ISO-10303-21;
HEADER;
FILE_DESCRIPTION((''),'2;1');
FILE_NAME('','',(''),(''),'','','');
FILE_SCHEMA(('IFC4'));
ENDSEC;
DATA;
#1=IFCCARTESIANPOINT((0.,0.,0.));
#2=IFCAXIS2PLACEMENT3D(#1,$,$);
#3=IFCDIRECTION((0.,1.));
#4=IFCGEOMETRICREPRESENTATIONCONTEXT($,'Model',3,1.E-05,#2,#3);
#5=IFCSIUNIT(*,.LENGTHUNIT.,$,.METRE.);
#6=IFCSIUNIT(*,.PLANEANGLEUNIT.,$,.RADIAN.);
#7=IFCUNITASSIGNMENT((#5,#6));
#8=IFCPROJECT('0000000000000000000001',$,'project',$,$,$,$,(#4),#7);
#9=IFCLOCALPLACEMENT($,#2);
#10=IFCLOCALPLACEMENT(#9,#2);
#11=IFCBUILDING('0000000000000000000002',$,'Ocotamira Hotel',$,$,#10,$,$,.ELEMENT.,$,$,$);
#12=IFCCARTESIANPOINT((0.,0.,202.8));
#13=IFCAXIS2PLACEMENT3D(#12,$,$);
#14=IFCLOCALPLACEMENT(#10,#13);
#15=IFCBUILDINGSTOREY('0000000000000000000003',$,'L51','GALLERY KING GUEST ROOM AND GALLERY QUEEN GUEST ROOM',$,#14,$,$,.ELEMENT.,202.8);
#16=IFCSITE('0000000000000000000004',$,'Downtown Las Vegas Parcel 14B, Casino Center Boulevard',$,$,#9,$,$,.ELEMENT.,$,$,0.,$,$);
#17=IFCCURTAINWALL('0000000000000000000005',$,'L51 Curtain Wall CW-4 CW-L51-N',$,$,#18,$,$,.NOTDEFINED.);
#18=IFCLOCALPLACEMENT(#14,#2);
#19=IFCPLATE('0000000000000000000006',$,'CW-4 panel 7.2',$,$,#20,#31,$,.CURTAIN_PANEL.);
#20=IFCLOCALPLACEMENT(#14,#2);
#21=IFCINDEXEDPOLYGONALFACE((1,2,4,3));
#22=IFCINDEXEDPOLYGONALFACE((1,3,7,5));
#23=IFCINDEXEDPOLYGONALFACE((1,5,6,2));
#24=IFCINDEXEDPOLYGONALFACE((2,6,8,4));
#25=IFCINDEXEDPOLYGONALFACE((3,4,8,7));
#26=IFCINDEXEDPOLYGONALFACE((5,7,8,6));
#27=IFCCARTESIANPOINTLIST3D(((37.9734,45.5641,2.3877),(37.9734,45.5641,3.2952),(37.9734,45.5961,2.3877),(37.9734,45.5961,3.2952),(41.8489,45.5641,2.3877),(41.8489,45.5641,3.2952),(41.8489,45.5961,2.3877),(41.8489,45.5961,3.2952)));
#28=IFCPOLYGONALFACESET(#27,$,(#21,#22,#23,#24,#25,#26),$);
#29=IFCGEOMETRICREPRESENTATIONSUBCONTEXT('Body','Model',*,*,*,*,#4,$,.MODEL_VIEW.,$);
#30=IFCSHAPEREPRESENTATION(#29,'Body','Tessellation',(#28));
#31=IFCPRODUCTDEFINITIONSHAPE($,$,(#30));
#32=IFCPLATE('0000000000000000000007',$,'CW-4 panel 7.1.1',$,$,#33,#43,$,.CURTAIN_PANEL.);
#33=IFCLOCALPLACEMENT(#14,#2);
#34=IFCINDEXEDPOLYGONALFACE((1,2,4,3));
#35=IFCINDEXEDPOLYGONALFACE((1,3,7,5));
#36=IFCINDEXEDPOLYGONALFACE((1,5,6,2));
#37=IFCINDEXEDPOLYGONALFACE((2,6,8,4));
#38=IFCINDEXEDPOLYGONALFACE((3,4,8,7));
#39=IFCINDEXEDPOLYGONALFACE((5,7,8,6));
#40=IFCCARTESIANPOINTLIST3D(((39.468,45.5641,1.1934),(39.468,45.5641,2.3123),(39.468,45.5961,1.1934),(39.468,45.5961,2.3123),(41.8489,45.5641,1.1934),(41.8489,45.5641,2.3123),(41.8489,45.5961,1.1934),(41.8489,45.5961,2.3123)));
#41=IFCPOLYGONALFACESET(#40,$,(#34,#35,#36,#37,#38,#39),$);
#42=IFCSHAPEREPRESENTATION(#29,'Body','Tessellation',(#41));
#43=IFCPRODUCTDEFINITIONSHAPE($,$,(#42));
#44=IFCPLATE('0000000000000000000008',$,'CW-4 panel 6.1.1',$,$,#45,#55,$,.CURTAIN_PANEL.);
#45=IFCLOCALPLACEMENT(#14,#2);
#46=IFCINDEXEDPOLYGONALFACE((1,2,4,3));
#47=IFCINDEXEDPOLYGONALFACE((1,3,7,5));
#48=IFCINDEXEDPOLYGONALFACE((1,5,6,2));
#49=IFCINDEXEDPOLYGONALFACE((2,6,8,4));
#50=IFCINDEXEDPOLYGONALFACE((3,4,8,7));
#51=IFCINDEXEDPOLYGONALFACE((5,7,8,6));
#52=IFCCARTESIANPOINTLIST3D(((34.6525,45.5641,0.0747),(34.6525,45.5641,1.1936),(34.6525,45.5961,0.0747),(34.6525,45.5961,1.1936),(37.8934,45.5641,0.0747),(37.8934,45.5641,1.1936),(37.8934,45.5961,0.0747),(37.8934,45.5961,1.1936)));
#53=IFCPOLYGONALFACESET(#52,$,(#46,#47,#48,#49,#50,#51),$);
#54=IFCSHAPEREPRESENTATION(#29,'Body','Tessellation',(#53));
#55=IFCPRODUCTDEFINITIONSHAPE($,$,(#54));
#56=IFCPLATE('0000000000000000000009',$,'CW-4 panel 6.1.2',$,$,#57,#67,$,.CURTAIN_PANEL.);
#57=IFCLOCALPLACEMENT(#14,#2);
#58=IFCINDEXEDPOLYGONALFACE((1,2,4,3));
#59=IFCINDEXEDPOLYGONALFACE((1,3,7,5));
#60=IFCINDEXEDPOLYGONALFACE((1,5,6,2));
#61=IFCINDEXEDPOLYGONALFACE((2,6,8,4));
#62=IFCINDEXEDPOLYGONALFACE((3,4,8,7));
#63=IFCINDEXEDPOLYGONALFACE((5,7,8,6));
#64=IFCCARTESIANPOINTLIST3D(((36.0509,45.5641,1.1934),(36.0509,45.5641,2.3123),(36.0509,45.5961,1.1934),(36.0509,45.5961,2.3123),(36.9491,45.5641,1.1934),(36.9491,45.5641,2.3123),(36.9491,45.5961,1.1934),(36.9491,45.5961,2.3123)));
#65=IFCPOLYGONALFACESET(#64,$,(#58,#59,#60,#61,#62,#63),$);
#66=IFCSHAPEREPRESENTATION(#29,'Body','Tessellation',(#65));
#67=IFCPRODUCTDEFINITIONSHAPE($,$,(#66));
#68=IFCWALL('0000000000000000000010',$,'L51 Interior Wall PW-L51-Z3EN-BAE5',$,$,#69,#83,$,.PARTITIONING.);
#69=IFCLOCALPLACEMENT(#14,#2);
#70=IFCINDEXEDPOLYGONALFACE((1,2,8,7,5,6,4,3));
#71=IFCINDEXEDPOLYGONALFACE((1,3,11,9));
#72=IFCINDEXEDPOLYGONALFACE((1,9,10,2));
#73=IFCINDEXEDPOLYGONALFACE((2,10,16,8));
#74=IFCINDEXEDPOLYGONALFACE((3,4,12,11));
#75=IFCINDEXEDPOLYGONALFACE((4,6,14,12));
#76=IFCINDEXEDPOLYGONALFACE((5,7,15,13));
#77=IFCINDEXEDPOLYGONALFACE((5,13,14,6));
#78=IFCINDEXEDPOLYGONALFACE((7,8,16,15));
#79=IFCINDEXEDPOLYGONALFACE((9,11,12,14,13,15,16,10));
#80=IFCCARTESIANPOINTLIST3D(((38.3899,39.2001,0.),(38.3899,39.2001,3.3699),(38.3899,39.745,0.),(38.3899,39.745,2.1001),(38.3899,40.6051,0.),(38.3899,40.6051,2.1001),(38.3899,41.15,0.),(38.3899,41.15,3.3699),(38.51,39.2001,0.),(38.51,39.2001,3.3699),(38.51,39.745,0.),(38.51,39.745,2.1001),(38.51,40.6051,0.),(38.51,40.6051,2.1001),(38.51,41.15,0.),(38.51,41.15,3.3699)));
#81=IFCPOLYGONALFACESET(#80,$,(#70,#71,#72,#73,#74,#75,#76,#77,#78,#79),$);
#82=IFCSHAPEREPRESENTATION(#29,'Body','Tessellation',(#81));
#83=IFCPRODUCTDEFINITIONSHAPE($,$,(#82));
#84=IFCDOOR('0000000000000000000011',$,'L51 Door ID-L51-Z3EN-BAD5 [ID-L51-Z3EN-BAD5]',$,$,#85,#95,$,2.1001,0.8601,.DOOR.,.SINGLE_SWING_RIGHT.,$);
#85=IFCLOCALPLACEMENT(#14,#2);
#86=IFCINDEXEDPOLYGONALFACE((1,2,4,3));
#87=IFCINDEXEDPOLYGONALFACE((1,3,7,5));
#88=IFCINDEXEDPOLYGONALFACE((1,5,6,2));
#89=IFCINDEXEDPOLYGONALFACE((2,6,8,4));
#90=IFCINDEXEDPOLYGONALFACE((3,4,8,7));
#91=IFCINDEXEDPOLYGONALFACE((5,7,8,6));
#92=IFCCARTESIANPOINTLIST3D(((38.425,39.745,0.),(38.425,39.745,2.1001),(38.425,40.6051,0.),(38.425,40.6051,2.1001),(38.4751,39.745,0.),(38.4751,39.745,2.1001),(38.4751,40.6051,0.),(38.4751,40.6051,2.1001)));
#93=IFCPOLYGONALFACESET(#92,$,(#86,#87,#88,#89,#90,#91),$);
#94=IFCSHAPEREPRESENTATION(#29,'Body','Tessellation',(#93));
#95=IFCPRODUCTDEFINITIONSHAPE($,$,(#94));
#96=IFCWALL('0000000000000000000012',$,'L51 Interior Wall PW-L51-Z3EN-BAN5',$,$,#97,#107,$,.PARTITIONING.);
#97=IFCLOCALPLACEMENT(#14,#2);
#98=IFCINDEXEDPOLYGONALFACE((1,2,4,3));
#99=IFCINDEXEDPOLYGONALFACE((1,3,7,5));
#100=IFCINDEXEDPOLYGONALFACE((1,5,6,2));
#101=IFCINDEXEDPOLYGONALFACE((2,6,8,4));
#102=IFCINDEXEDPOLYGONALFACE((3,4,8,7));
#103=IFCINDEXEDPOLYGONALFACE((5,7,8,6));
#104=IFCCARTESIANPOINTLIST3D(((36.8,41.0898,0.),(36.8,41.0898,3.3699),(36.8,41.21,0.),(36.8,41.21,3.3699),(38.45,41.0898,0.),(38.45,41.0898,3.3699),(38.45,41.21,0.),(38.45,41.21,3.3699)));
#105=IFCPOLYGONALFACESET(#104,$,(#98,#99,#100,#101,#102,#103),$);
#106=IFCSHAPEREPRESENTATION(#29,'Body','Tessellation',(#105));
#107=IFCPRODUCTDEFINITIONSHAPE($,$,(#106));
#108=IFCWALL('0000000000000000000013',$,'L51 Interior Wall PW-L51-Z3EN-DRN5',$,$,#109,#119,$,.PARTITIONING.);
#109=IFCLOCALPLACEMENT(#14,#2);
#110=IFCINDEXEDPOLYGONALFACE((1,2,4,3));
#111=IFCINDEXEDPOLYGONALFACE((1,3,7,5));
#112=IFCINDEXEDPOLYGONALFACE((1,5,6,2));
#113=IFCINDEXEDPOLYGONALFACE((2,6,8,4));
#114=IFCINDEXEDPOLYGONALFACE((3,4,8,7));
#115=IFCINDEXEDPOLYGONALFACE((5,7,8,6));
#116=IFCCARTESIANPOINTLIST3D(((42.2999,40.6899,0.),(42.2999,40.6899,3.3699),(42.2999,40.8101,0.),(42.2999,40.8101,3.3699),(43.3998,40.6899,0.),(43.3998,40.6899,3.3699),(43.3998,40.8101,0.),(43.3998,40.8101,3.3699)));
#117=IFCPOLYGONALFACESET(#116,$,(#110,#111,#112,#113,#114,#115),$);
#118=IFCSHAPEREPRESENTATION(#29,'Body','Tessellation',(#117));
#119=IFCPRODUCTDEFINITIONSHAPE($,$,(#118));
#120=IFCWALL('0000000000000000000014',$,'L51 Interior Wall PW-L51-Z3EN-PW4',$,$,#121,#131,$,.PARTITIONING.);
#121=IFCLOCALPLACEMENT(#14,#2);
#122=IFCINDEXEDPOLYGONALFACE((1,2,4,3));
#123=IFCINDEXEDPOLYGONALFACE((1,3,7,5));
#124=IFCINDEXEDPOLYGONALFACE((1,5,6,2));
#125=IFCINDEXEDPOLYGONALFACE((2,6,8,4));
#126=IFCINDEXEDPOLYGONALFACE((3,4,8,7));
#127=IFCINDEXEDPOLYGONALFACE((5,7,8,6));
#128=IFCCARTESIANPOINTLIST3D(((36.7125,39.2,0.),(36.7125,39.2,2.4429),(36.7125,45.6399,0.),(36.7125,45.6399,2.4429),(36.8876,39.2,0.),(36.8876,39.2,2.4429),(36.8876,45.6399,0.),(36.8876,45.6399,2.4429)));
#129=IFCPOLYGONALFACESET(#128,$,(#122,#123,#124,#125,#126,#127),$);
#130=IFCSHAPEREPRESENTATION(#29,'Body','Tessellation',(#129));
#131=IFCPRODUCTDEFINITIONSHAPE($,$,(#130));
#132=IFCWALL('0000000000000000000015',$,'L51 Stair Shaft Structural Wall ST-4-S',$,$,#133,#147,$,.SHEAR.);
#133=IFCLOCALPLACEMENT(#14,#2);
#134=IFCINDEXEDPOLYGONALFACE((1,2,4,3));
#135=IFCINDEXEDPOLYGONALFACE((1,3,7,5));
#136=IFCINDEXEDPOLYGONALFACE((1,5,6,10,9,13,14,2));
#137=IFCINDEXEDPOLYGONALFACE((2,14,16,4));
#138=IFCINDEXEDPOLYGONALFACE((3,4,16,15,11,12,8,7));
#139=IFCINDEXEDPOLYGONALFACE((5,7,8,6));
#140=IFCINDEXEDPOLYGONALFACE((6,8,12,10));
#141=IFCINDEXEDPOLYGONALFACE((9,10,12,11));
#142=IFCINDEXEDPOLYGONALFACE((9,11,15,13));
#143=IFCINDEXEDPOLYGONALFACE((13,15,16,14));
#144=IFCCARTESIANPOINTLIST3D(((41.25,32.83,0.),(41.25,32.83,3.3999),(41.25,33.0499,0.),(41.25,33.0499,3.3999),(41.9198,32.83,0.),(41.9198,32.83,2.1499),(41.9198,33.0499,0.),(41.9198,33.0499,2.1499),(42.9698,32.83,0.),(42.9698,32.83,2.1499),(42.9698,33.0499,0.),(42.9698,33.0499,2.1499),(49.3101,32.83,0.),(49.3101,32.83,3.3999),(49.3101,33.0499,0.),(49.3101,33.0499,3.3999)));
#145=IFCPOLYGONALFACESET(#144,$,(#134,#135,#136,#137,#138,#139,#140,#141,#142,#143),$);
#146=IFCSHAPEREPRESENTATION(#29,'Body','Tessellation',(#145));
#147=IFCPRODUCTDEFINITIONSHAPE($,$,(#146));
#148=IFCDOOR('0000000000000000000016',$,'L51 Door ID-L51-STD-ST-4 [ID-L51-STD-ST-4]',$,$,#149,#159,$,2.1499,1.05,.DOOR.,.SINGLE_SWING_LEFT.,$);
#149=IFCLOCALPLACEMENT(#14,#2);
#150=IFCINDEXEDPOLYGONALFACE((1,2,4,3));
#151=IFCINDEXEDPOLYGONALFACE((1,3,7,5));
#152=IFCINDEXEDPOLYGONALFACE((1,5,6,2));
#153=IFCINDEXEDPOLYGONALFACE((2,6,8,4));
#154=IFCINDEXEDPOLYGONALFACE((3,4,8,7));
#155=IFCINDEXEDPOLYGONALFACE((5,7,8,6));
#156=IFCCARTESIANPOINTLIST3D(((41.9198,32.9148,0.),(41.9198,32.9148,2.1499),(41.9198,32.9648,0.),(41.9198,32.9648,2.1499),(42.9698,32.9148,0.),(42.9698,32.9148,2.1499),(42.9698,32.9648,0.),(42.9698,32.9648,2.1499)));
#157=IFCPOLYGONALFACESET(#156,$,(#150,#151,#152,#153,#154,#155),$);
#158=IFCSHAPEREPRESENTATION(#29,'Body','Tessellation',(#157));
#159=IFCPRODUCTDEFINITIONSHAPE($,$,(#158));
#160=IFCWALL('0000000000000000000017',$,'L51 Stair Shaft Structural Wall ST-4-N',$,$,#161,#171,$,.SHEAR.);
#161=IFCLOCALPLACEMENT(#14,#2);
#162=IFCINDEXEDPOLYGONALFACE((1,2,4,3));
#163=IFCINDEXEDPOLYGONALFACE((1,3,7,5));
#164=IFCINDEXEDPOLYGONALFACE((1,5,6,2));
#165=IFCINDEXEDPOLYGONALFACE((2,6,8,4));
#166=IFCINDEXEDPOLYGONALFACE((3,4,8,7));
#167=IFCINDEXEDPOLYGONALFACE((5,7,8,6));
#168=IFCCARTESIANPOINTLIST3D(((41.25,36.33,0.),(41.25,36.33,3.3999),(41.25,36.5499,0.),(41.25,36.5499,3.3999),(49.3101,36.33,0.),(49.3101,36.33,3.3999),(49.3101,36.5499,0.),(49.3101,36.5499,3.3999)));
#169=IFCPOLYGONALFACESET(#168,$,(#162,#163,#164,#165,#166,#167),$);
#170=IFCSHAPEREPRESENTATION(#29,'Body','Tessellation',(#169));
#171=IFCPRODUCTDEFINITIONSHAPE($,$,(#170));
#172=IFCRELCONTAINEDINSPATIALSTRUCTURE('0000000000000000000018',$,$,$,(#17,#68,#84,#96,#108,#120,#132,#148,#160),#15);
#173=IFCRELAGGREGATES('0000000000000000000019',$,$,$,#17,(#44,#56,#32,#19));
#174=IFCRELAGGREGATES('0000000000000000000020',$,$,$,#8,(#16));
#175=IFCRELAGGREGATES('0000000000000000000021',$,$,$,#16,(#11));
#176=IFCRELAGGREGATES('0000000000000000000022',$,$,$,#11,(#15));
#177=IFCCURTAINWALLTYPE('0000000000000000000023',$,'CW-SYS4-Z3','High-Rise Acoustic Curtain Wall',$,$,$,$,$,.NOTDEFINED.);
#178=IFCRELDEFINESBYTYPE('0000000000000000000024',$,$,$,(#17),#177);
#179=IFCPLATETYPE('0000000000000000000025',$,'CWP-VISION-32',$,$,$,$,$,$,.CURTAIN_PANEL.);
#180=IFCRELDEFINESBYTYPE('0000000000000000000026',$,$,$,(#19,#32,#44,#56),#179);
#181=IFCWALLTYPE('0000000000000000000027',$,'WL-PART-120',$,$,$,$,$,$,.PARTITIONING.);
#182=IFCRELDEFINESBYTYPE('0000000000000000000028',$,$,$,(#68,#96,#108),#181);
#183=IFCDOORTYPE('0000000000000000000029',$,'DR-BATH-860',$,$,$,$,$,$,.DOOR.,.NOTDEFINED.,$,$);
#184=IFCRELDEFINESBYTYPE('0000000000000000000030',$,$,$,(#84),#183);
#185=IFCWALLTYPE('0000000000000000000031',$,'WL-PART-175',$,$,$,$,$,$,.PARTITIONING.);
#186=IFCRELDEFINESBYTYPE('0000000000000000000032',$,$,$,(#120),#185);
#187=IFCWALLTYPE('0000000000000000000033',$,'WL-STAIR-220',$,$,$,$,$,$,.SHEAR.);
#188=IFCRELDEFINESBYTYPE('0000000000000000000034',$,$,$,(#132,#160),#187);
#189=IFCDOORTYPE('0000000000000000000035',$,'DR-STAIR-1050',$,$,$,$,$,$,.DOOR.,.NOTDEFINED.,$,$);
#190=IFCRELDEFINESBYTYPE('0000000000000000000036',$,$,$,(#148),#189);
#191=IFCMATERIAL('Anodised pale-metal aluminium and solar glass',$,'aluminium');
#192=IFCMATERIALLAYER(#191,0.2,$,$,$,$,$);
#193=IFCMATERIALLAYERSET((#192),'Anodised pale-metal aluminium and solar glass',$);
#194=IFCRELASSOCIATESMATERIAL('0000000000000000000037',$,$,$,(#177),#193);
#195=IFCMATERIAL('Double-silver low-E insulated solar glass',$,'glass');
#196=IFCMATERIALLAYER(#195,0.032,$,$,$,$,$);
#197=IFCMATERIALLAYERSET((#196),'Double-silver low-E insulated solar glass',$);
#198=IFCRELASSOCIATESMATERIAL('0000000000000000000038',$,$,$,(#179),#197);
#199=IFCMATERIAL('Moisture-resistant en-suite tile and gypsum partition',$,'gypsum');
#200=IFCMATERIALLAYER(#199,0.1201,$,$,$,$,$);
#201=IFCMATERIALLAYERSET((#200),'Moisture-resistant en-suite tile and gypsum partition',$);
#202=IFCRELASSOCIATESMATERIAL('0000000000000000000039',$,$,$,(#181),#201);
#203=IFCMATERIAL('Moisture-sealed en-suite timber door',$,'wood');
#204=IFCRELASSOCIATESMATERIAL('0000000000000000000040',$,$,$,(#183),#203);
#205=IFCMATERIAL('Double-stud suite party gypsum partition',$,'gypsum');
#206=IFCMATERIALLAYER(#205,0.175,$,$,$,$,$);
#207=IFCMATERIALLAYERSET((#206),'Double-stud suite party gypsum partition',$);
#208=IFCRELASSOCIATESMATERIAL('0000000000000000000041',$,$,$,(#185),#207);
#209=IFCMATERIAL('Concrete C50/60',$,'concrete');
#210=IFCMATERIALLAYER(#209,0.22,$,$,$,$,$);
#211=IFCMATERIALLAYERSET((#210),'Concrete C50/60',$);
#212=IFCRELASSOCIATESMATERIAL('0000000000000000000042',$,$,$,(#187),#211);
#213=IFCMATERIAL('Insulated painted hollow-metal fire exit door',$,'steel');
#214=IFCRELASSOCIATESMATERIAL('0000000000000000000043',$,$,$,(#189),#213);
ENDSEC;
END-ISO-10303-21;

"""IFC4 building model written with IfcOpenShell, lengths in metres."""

from ifc_helpers import new_model, si_unit, direction, frame, frame_2d, origin, origin_2d, place, context, subcontext, project, spatial, rectangle, extrude, source, transform, mapped, material, layer, layer_set, type_object, element, fill, aggregate, save


model = new_model("IFC4")

# Units and contexts
model_context = context("Model", 3, precision=1e-05, world=origin(), true_north=direction((0.0, 1.0)))
body_context = subcontext(model_context, "Body", "Model", "MODEL_VIEW")
ifc_project = project(units=[si_unit("LENGTHUNIT", "METRE"), si_unit("PLANEANGLEUNIT", "RADIAN")], contexts=[model_context])

# Site, building, storey
site_placement = place(None, origin())
site = spatial("IfcSite", under=ifc_project, at=site_placement, Name="Downtown Las Vegas Parcel 14B, Casino Center Boulevard", CompositionType="ELEMENT", RefElevation=0.0)
building_placement = place(site_placement, origin())
building = spatial("IfcBuilding", under=site, at=building_placement, Name="Ocotamira Hotel", CompositionType="ELEMENT")
storey_placement = place(building_placement, frame((0.0, 0.0, 202.8)))
storey = spatial("IfcBuildingStorey", under=building, at=storey_placement, Name="L51", Description="GALLERY KING GUEST ROOM AND GALLERY QUEEN GUEST ROOM", CompositionType="ELEMENT", Elevation=202.8)

# Shared definitions
ifc_material_1 = material(Name="Concrete C50/60", Category="concrete")

# Curtain wall
ifc_material_2 = material(Name="Anodised pale-metal aluminium and solar glass", Category="aluminium")
ifc_layer_1 = layer(ifc_material_2, 0.2)
ifc_layer_set_1 = layer_set([ifc_layer_1], Name="Anodised pale-metal aluminium and solar glass")
curtain_wall_type = type_object("IfcCurtainWallType", Name="CW-SYS4-Z3", Description="High-Rise Acoustic Curtain Wall", PredefinedType="NOTDEFINED", material=ifc_layer_set_1)
curtain_wall_placement = place(storey_placement, origin())
curtain_wall = element("IfcCurtainWall", 1, at=curtain_wall_placement, inside=storey, type_object=curtain_wall_type, Name="L51 Curtain Wall CW-4 CW-L51-N", PredefinedType="NOTDEFINED")

# Plates
ifc_material_3 = material(Name="Double-silver low-E insulated solar glass", Category="glass")
ifc_layer_2 = layer(ifc_material_3, 0.032)
ifc_layer_set_2 = layer_set([ifc_layer_2], Name="Double-silver low-E insulated solar glass")
plate_type_1 = type_object("IfcPlateType", Name="CWP-VISION-32", PredefinedType="CURTAIN_PANEL", material=ifc_layer_set_2)
shared_shape_1 = source(origin(), body_context, "Body", "SweptSolid", [
    extrude(rectangle(XDim=3.8755, YDim=0.032, at=origin_2d()), origin(), (0.0, 0.0, 1.0), 0.9075),
])
plate_1_placement = place(storey_placement, frame((39.9111, 45.5801, 2.3877), z_axis=(0.0, 0.0, 1.0), x_axis=(1.0, 0.0, 0.0)))
plate_1 = element("IfcPlate", 2, at=plate_1_placement, type_object=plate_type_1, Name="CW-4 panel 7.2", PredefinedType="CURTAIN_PANEL", context=body_context, shape_type="MappedRepresentation", body=[
    mapped(shared_shape_1, transform((0.0, 0.0, 0.0), scale=1.0)),
])
shared_shape_2 = source(origin(), body_context, "Body", "SweptSolid", [
    extrude(rectangle(XDim=2.3809, YDim=0.032, at=origin_2d()), origin(), (0.0, 0.0, 1.0), 1.1189),
])
plate_2_placement = place(storey_placement, frame((40.6584, 45.5801, 1.1934), z_axis=(0.0, 0.0, 1.0), x_axis=(1.0, 0.0, 0.0)))
plate_2 = element("IfcPlate", 3, at=plate_2_placement, type_object=plate_type_1, Name="CW-4 panel 7.1.1", PredefinedType="CURTAIN_PANEL", context=body_context, shape_type="MappedRepresentation", body=[
    mapped(shared_shape_2, transform((0.0, 0.0, 0.0), scale=1.0)),
])
shared_shape_3 = source(origin(), body_context, "Body", "SweptSolid", [
    extrude(rectangle(XDim=3.241, YDim=0.032, at=origin_2d()), origin(), (0.0, 0.0, 1.0), 1.1189),
])
plate_3_placement = place(storey_placement, frame((36.2729, 45.5801, 0.0747), z_axis=(0.0, 0.0, 1.0), x_axis=(1.0, 0.0, 0.0)))
plate_3 = element("IfcPlate", 4, at=plate_3_placement, type_object=plate_type_1, Name="CW-4 panel 6.1.1", PredefinedType="CURTAIN_PANEL", context=body_context, shape_type="MappedRepresentation", body=[
    mapped(shared_shape_3, transform((0.0, 0.0, 0.0), scale=1.0)),
])
shared_shape_4 = source(origin(), body_context, "Body", "SweptSolid", [
    extrude(rectangle(XDim=0.8982, YDim=0.032, at=origin_2d()), origin(), (0.0, 0.0, 1.0), 1.1189),
])
plate_4_placement = place(storey_placement, frame((36.5, 45.5801, 1.1934), z_axis=(0.0, 0.0, 1.0), x_axis=(1.0, 0.0, 0.0)))
plate_4 = element("IfcPlate", 5, at=plate_4_placement, type_object=plate_type_1, Name="CW-4 panel 6.1.2", PredefinedType="CURTAIN_PANEL", context=body_context, shape_type="MappedRepresentation", body=[
    mapped(shared_shape_4, transform((0.0, 0.0, 0.0), scale=1.0)),
])
aggregate(curtain_wall, [plate_3, plate_4, plate_2, plate_1])

# Wall, opening, door
ifc_material_4 = material(Name="Moisture-resistant en-suite tile and gypsum partition", Category="gypsum")
ifc_layer_3 = layer(ifc_material_4, 0.1201)
ifc_layer_set_3 = layer_set([ifc_layer_3], Name="Moisture-resistant en-suite tile and gypsum partition")
wall_type_1 = type_object("IfcWallType", Name="WL-PART-120", PredefinedType="PARTITIONING", material=ifc_layer_set_3)
wall_1_placement = place(storey_placement, frame((38.45, 39.2, 0.0), z_axis=(0.0, 0.0, 1.0), x_axis=(0.0, 1.0, 0.0)))
wall_1 = element("IfcWall", 6, at=wall_1_placement, inside=storey, type_object=wall_type_1, Name="L51 Interior Wall PW-L51-Z3EN-BAE5", PredefinedType="PARTITIONING", context=body_context, shape_type="SweptSolid", body=[
    extrude(rectangle(XDim=1.95, YDim=0.1201, at=frame_2d((0.9751, 0.0))), origin(), (0.0, 0.0, 1.0), 3.3699),
])
opening_1_placement = place(wall_1_placement, frame((0.5449, 0.0, 0.0)))
opening_1 = element("IfcOpeningElement", 7, at=opening_1_placement, cuts=wall_1, PredefinedType="OPENING", context=body_context, shape_type="SweptSolid", body=[
    extrude(rectangle(XDim=0.8601, YDim=2.1001, at=frame_2d((0.4302, 1.05))), frame((0.0, 0.0701, 0.0), z_axis=(0.0, -1.0, 0.0), x_axis=(1.0, 0.0, 0.0)), (0.0, 0.0, 1.0), 0.1401),
])
ifc_material_5 = material(Name="Moisture-sealed en-suite timber door", Category="wood")
door_type_1 = type_object("IfcDoorType", Name="DR-BATH-860", OperationType="NOTDEFINED", PredefinedType="DOOR", material=ifc_material_5)
shared_shape_5 = source(origin(), body_context, "Body", "SweptSolid", [
    extrude(rectangle(XDim=0.8601, YDim=2.1001, at=frame_2d((0.4302, 1.05))), frame((0.0, 0.0249, 0.0), z_axis=(0.0, -1.0, 0.0), x_axis=(1.0, 0.0, 0.0)), (0.0, 0.0, 1.0), 0.05),
])
door_1_placement = place(opening_1_placement, origin())
door_1 = element("IfcDoor", 8, at=door_1_placement, inside=storey, type_object=door_type_1, Name="L51 Door ID-L51-Z3EN-BAD5 [ID-L51-Z3EN-BAD5]", OperationType="SINGLE_SWING_RIGHT", OverallHeight=2.1001, OverallWidth=0.8601, PredefinedType="DOOR", context=body_context, shape_type="MappedRepresentation", body=[
    mapped(shared_shape_5, transform((0.0, 0.0, 0.0), scale=1.0)),
])
fill(opening_1, door_1)

# Walls
wall_2_placement = place(storey_placement, frame((36.8, 41.1499, 0.0), z_axis=(0.0, 0.0, 1.0), x_axis=(1.0, 0.0, 0.0)))
element("IfcWall", 9, at=wall_2_placement, inside=storey, type_object=wall_type_1, Name="L51 Interior Wall PW-L51-Z3EN-BAN5", PredefinedType="PARTITIONING", context=body_context, shape_type="SweptSolid", body=[
    extrude(rectangle(XDim=1.6499, YDim=0.1201, at=frame_2d((0.825, 0.0))), origin(), (0.0, 0.0, 1.0), 3.3699),
])
wall_3_placement = place(storey_placement, frame((42.3, 40.75, 0.0), z_axis=(0.0, 0.0, 1.0), x_axis=(1.0, 0.0, 0.0)))
element("IfcWall", 10, at=wall_3_placement, inside=storey, type_object=wall_type_1, Name="L51 Interior Wall PW-L51-Z3EN-DRN5", PredefinedType="PARTITIONING", context=body_context, shape_type="SweptSolid", body=[
    extrude(rectangle(XDim=1.0999, YDim=0.1201, at=frame_2d((0.5498, 0.0))), origin(), (0.0, 0.0, 1.0), 3.3699),
])
ifc_material_6 = material(Name="Double-stud suite party gypsum partition", Category="gypsum")
ifc_layer_4 = layer(ifc_material_6, 0.175)
ifc_layer_set_4 = layer_set([ifc_layer_4], Name="Double-stud suite party gypsum partition")
wall_type_2 = type_object("IfcWallType", Name="WL-PART-175", PredefinedType="PARTITIONING", material=ifc_layer_set_4)
wall_4_placement = place(storey_placement, frame((36.8, 39.2, 0.0), z_axis=(0.0, 0.0, 1.0), x_axis=(0.0, 1.0, 0.0)))
element("IfcWall", 11, at=wall_4_placement, inside=storey, type_object=wall_type_2, Name="L51 Interior Wall PW-L51-Z3EN-PW4", PredefinedType="PARTITIONING", context=body_context, shape_type="SweptSolid", body=[
    extrude(rectangle(XDim=6.4399, YDim=0.175, at=frame_2d((3.22, 0.0))), origin(), (0.0, 0.0, 1.0), 2.4429),
])

# Wall, opening, door
ifc_layer_5 = layer(ifc_material_1, 0.22)
ifc_layer_set_5 = layer_set([ifc_layer_5], Name="Concrete C50/60")
wall_type_3 = type_object("IfcWallType", Name="WL-STAIR-220", PredefinedType="SHEAR", material=ifc_layer_set_5)
wall_5_placement = place(storey_placement, frame((41.25, 32.9399, 0.0), z_axis=(0.0, 0.0, 1.0), x_axis=(1.0, 0.0, 0.0)))
wall_5 = element("IfcWall", 12, at=wall_5_placement, inside=storey, type_object=wall_type_3, Name="L51 Stair Shaft Structural Wall ST-4-S", PredefinedType="SHEAR", context=body_context, shape_type="SweptSolid", body=[
    extrude(rectangle(XDim=8.0601, YDim=0.22, at=frame_2d((4.03, 0.0))), origin(), (0.0, 0.0, 1.0), 3.3999),
])
opening_2_placement = place(wall_5_placement, frame((0.6699, 0.0, 0.0)))
opening_2 = element("IfcOpeningElement", 13, at=opening_2_placement, cuts=wall_5, PredefinedType="OPENING", context=body_context, shape_type="SweptSolid", body=[
    extrude(rectangle(XDim=1.05, YDim=2.1499, at=frame_2d((0.5249, 1.075))), frame((0.0, 0.1201, 0.0), z_axis=(0.0, -1.0, 0.0), x_axis=(1.0, 0.0, 0.0)), (0.0, 0.0, 1.0), 0.24),
])
ifc_material_7 = material(Name="Insulated painted hollow-metal fire exit door", Category="steel")
door_type_2 = type_object("IfcDoorType", Name="DR-STAIR-1050", OperationType="NOTDEFINED", PredefinedType="DOOR", material=ifc_material_7)
shared_shape_6 = source(origin(), body_context, "Body", "SweptSolid", [
    extrude(rectangle(XDim=1.05, YDim=2.1499, at=frame_2d((0.5249, 1.075))), frame((0.0, 0.0249, 0.0), z_axis=(0.0, -1.0, 0.0), x_axis=(1.0, 0.0, 0.0)), (0.0, 0.0, 1.0), 0.05),
])
door_2_placement = place(opening_2_placement, origin())
door_2 = element("IfcDoor", 14, at=door_2_placement, inside=storey, type_object=door_type_2, Name="L51 Door ID-L51-STD-ST-4 [ID-L51-STD-ST-4]", OperationType="SINGLE_SWING_LEFT", OverallHeight=2.1499, OverallWidth=1.05, PredefinedType="DOOR", context=body_context, shape_type="MappedRepresentation", body=[
    mapped(shared_shape_6, transform((0.0, 0.0, 0.0), scale=1.0)),
])
fill(opening_2, door_2)

# Wall
wall_6_placement = place(storey_placement, frame((41.25, 36.4399, 0.0), z_axis=(0.0, 0.0, 1.0), x_axis=(1.0, 0.0, 0.0)))
element("IfcWall", 15, at=wall_6_placement, inside=storey, type_object=wall_type_3, Name="L51 Stair Shaft Structural Wall ST-4-N", PredefinedType="SHEAR", context=body_context, shape_type="SweptSolid", body=[
    extrude(rectangle(XDim=8.0601, YDim=0.22, at=frame_2d((4.03, 0.0))), origin(), (0.0, 0.0, 1.0), 3.3999),
])

save(model, "model.ifc")
